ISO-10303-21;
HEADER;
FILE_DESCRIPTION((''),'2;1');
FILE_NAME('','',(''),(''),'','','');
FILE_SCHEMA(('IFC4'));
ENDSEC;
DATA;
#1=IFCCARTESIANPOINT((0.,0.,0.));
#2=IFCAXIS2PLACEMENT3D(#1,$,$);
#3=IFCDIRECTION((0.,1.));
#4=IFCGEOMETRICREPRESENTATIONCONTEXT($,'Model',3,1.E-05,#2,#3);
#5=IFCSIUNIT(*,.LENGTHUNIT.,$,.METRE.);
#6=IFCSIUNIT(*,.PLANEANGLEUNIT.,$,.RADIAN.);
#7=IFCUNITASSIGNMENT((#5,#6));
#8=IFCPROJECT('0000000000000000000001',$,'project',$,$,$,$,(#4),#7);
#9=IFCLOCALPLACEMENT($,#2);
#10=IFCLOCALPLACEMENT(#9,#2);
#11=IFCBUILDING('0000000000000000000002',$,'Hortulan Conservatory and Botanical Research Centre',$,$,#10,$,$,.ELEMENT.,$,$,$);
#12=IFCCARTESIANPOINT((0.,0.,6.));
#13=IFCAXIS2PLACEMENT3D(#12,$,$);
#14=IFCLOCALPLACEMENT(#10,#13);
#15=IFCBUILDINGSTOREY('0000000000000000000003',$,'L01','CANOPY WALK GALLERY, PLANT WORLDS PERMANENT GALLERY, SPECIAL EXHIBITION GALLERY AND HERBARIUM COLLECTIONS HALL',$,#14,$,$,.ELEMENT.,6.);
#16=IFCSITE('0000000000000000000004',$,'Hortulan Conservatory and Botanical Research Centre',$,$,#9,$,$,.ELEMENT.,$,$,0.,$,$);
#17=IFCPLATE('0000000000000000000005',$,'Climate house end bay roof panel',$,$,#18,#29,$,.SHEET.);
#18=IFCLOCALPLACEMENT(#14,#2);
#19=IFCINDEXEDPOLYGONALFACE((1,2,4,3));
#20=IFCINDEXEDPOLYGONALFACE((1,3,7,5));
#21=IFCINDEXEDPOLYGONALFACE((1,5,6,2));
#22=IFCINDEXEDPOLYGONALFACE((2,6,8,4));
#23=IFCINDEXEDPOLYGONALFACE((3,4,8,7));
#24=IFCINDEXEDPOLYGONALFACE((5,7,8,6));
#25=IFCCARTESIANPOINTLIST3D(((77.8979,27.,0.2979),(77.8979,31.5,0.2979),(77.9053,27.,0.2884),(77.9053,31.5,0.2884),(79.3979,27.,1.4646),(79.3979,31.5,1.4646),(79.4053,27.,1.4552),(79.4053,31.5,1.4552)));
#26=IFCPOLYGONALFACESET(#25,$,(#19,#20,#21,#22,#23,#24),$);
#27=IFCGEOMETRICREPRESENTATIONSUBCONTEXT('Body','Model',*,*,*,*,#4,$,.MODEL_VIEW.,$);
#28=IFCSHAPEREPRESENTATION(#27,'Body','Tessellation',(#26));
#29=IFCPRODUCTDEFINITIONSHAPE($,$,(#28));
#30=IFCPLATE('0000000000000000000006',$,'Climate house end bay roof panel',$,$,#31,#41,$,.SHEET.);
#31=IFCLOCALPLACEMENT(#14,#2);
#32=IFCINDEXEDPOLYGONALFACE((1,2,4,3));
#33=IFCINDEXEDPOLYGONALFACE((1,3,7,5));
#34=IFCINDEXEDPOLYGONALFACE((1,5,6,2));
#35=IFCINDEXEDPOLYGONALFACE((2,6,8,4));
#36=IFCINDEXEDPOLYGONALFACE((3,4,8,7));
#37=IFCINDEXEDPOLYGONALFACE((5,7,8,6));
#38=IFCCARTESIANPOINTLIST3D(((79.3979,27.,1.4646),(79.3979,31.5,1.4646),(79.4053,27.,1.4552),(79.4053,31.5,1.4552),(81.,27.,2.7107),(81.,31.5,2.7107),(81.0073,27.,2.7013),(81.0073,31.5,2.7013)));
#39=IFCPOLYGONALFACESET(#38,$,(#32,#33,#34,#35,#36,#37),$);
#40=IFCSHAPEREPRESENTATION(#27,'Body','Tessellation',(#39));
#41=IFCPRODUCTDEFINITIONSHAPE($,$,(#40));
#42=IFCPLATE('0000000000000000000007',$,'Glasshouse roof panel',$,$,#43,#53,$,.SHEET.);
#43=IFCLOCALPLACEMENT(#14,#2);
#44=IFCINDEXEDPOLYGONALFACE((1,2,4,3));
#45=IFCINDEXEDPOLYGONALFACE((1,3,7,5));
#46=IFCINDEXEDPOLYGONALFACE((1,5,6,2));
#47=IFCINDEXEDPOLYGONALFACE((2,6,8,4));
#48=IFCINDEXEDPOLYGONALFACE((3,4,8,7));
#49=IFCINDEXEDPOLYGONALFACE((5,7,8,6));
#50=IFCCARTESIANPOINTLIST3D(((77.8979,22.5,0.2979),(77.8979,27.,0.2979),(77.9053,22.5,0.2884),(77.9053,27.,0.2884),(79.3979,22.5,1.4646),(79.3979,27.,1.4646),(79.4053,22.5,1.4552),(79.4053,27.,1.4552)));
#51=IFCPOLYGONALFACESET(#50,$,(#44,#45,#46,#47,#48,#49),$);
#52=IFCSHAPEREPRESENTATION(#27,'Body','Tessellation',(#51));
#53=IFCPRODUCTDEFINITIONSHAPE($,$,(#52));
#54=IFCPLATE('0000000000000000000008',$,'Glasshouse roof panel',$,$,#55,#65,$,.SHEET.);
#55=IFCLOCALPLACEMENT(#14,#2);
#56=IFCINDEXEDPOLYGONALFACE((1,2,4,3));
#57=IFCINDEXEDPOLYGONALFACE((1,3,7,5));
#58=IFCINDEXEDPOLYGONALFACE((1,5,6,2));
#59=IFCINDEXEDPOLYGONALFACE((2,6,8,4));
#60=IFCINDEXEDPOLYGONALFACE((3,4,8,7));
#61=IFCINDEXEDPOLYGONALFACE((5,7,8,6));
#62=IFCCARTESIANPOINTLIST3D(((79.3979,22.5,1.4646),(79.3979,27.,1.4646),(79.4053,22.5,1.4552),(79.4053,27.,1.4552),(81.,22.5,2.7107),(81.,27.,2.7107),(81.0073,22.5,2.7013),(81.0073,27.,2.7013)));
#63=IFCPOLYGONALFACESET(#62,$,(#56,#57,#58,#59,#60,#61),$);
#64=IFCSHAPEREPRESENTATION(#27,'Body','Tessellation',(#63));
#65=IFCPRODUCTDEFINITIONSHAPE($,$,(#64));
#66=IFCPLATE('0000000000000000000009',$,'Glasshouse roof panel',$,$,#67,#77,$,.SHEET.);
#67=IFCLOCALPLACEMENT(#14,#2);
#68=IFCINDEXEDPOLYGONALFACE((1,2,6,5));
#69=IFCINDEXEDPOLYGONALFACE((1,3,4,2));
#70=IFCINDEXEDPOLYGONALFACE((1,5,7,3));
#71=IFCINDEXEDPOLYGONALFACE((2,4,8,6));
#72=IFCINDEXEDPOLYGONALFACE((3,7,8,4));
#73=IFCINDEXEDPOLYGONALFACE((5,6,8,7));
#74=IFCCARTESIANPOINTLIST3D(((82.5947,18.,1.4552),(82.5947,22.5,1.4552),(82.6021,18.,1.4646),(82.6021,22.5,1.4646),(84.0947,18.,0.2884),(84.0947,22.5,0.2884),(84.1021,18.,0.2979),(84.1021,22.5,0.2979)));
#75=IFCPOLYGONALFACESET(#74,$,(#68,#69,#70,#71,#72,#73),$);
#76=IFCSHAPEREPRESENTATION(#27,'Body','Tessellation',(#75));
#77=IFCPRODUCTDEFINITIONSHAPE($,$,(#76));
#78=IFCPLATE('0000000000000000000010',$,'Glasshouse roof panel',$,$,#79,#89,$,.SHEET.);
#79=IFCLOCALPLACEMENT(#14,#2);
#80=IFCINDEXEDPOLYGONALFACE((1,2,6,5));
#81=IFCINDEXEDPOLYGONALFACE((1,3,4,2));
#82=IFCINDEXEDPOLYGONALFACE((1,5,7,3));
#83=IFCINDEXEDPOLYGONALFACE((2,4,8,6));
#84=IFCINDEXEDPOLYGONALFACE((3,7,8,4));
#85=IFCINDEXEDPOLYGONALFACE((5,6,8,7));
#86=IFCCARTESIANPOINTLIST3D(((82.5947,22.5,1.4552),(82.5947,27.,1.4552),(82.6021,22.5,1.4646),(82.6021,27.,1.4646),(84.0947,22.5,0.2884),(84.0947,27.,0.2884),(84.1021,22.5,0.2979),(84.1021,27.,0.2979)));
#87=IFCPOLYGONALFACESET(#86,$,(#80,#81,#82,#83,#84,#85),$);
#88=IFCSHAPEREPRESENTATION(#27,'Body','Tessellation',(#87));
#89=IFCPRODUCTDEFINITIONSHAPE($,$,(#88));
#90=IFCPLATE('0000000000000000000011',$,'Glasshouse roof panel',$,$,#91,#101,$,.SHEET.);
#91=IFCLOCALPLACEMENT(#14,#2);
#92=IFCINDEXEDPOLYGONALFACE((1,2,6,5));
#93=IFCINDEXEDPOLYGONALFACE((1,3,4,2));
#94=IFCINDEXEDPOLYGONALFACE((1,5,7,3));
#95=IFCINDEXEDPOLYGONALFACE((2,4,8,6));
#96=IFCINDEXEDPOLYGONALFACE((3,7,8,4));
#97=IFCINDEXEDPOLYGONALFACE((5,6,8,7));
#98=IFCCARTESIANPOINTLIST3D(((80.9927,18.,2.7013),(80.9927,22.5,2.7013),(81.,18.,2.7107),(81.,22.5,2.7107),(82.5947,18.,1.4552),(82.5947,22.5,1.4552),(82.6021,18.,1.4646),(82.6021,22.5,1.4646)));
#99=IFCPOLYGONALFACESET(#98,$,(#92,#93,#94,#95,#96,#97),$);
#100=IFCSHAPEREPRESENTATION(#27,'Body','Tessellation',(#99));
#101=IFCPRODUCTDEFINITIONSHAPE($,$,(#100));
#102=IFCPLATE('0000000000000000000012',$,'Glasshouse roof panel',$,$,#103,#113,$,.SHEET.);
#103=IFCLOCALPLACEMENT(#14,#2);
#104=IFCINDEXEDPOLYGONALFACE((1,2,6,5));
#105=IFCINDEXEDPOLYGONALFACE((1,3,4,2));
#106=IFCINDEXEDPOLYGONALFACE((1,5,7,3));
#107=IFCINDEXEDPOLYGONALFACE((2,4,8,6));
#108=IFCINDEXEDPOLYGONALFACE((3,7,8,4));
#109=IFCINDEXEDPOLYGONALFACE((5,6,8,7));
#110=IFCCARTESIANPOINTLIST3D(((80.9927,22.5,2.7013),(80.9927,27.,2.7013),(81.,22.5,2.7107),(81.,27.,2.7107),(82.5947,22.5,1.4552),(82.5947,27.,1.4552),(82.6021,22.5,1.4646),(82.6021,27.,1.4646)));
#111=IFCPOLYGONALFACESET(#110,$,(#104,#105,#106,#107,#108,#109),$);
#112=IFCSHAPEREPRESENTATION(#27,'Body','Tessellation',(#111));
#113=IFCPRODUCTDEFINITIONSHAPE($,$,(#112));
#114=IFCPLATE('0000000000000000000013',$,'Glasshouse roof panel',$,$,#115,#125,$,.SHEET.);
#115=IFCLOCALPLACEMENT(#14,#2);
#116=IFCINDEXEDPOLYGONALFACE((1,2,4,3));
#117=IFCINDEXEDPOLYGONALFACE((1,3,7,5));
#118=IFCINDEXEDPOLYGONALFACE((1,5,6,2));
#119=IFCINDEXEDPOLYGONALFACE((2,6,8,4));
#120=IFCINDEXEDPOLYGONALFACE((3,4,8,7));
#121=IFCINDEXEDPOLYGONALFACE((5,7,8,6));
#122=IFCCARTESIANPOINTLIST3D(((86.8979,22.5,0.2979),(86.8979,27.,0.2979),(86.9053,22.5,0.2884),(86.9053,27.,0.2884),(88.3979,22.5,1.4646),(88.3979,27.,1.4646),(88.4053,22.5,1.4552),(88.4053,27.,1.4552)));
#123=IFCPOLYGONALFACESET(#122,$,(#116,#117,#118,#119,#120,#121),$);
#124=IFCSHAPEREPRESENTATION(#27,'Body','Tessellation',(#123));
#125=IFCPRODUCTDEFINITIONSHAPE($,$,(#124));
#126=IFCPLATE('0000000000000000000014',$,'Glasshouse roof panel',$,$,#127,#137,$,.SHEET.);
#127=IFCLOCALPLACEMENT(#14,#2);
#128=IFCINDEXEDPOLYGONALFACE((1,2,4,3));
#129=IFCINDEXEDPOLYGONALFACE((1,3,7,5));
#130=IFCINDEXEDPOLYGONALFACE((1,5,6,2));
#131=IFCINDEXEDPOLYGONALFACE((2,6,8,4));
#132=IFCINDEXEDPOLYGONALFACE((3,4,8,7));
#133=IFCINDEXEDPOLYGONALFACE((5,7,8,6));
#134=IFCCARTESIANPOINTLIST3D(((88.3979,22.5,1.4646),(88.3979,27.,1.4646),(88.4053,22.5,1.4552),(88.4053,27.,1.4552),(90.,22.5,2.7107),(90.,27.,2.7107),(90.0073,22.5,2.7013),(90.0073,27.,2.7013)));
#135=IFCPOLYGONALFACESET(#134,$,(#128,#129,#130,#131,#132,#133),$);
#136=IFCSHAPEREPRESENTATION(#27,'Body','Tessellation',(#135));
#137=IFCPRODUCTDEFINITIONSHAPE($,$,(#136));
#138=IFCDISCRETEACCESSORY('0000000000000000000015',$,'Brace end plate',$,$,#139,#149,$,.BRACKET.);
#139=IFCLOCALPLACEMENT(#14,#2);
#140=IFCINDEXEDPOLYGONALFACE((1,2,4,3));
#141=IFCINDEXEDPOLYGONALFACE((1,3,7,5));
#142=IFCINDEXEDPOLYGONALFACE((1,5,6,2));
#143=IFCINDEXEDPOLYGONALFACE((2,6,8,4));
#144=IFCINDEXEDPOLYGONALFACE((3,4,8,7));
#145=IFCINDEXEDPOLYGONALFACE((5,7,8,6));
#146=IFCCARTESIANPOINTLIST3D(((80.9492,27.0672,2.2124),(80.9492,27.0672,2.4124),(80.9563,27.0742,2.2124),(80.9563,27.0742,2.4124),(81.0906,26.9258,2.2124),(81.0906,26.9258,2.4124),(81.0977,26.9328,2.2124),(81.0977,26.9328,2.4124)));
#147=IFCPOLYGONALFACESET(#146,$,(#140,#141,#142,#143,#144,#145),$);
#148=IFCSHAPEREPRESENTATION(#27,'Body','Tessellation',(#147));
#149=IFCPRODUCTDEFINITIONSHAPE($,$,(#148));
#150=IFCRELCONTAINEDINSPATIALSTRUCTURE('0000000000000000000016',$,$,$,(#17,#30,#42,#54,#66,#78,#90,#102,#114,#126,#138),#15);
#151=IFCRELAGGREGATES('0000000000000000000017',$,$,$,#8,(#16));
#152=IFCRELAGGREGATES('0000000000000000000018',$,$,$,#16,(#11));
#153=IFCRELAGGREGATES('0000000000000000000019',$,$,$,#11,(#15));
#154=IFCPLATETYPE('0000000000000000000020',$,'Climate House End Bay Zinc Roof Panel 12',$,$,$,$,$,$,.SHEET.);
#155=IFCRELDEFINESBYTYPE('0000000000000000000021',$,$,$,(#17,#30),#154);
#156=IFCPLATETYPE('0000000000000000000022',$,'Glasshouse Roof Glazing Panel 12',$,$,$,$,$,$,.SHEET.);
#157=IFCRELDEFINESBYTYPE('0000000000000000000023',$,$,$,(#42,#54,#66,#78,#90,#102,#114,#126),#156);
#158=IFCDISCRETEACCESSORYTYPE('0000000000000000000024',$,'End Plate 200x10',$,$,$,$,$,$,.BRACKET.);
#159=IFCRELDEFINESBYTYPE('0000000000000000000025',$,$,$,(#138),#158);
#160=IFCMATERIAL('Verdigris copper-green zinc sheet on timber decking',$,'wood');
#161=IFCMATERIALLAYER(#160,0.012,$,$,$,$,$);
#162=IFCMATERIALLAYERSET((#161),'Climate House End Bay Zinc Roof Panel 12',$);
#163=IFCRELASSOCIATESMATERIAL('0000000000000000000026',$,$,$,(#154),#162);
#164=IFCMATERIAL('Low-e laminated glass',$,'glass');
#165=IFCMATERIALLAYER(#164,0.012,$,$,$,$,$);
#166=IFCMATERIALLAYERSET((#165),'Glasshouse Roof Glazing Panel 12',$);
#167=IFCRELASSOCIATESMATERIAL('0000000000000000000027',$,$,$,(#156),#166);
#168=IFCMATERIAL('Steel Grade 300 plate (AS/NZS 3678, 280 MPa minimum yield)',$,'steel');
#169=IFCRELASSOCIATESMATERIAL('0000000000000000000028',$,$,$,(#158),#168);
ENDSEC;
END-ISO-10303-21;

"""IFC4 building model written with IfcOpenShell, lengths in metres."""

from ifc_helpers import new_model, si_unit, direction, frame, origin, origin_2d, place, context, subcontext, project, spatial, polyline, rectangle, outline, extrude, material, layer, layer_set, type_object, element, save


model = new_model("IFC4")

# Units and contexts
model_context = context("Model", 3, precision=1e-05, world=origin(), true_north=direction((0.0, 1.0)))
body_context = subcontext(model_context, "Body", "Model", "MODEL_VIEW")
ifc_project = project(units=[si_unit("LENGTHUNIT", "METRE"), si_unit("PLANEANGLEUNIT", "RADIAN")], contexts=[model_context])

# Site, building, storey
site_placement = place(None, origin())
site = spatial("IfcSite", under=ifc_project, at=site_placement, Name="Hortulan Conservatory and Botanical Research Centre", CompositionType="ELEMENT", RefElevation=0.0)
building_placement = place(site_placement, origin())
building = spatial("IfcBuilding", under=site, at=building_placement, Name="Hortulan Conservatory and Botanical Research Centre", CompositionType="ELEMENT")
storey_placement = place(building_placement, frame((0.0, 0.0, 6.0)))
storey = spatial("IfcBuildingStorey", under=building, at=storey_placement, Name="L01", Description="CANOPY WALK GALLERY, PLANT WORLDS PERMANENT GALLERY, SPECIAL EXHIBITION GALLERY AND HERBARIUM COLLECTIONS HALL", CompositionType="ELEMENT", Elevation=6.0)

# Plates
ifc_material_1 = material(Name="Verdigris copper-green zinc sheet on timber decking", Category="wood")
ifc_layer_1 = layer(ifc_material_1, 0.012)
ifc_layer_set_1 = layer_set([ifc_layer_1], Name="Climate House End Bay Zinc Roof Panel 12")
plate_type_1 = type_object("IfcPlateType", Name="Climate House End Bay Zinc Roof Panel 12", PredefinedType="SHEET", material=ifc_layer_set_1)
plate_1_placement = place(storey_placement, frame((77.8979, 27.0, 0.2979), z_axis=(-0.613967, 0.0, 0.789331), x_axis=(0.789331, 0.0, 0.613967)))
element("IfcPlate", 1, at=plate_1_placement, inside=storey, type_object=plate_type_1, Name="Climate house end bay roof panel", PredefinedType="SHEET", context=body_context, shape_type="SweptSolid", body=[
    extrude(outline(polyline([(0.0, 0.0), (1.9003, 0.0), (1.9003, 4.5), (0.0, 4.5), (0.0, 0.0)])), origin(), (0.0, 0.0, -1.0), 0.012),
])
plate_2_placement = place(storey_placement, frame((79.3979, 27.0, 1.4646), z_axis=(-0.613957, 0.0, 0.789339), x_axis=(0.789339, 0.0, 0.613957)))
element("IfcPlate", 2, at=plate_2_placement, inside=storey, type_object=plate_type_1, Name="Climate house end bay roof panel", PredefinedType="SHEET", context=body_context, shape_type="SweptSolid", body=[
    extrude(outline(polyline([(0.0, 0.0), (2.0296, 0.0), (2.0296, 4.5), (0.0, 4.5), (0.0, 0.0)])), origin(), (0.0, 0.0, -1.0), 0.012),
])
ifc_material_2 = material(Name="Low-e laminated glass", Category="glass")
ifc_layer_2 = layer(ifc_material_2, 0.012)
ifc_layer_set_2 = layer_set([ifc_layer_2], Name="Glasshouse Roof Glazing Panel 12")
plate_type_2 = type_object("IfcPlateType", Name="Glasshouse Roof Glazing Panel 12", PredefinedType="SHEET", material=ifc_layer_set_2)
plate_3_placement = place(storey_placement, frame((77.8979, 22.5, 0.2979), z_axis=(-0.613967, 0.0, 0.789331), x_axis=(0.789331, 0.0, 0.613967)))
element("IfcPlate", 3, at=plate_3_placement, inside=storey, type_object=plate_type_2, Name="Glasshouse roof panel", PredefinedType="SHEET", context=body_context, shape_type="SweptSolid", body=[
    extrude(outline(polyline([(0.0, 0.0), (1.9003, 0.0), (1.9003, 4.5), (0.0, 4.5), (0.0, 0.0)])), origin(), (0.0, 0.0, -1.0), 0.012),
])
plate_4_placement = place(storey_placement, frame((79.3979, 22.5, 1.4646), z_axis=(-0.613957, 0.0, 0.789339), x_axis=(0.789339, 0.0, 0.613957)))
element("IfcPlate", 4, at=plate_4_placement, inside=storey, type_object=plate_type_2, Name="Glasshouse roof panel", PredefinedType="SHEET", context=body_context, shape_type="SweptSolid", body=[
    extrude(outline(polyline([(0.0, 0.0), (2.0296, 0.0), (2.0296, 4.5), (0.0, 4.5), (0.0, 0.0)])), origin(), (0.0, 0.0, -1.0), 0.012),
])
for number, where, z_axis, x_axis, name in (
    (5, (84.1021, 22.5, 0.2979), (0.613967, 0.0, 0.789331), (-0.789331, 0.0, 0.613967), "Glasshouse roof panel"),
    (6, (84.1021, 27.0, 0.2979), (0.613967, 0.0, 0.789331), (-0.789331, 0.0, 0.613967), "Glasshouse roof panel"),
):
    element("IfcPlate", number, at=place(storey_placement, frame(where, z_axis=z_axis, x_axis=x_axis)), inside=storey, type_object=plate_type_2, Name=name, PredefinedType="SHEET", context=body_context, shape_type="SweptSolid", body=[
        extrude(outline(polyline([(0.0, 0.0), (1.9003, 0.0), (1.9003, 4.5), (0.0, 4.5), (0.0, 0.0)])), origin(), (0.0, 0.0, -1.0), 0.012),
    ])
for number, where, z_axis, x_axis, name in (
    (7, (82.6021, 22.5, 1.4646), (0.613957, 0.0, 0.789339), (-0.789339, 0.0, 0.613957), "Glasshouse roof panel"),
    (8, (82.6021, 27.0, 1.4646), (0.613957, 0.0, 0.789339), (-0.789339, 0.0, 0.613957), "Glasshouse roof panel"),
):
    element("IfcPlate", number, at=place(storey_placement, frame(where, z_axis=z_axis, x_axis=x_axis)), inside=storey, type_object=plate_type_2, Name=name, PredefinedType="SHEET", context=body_context, shape_type="SweptSolid", body=[
        extrude(outline(polyline([(0.0, 0.0), (2.0296, 0.0), (2.0296, 4.5), (0.0, 4.5), (0.0, 0.0)])), origin(), (0.0, 0.0, -1.0), 0.012),
    ])
plate_5_placement = place(storey_placement, frame((86.8979, 22.5, 0.2979), z_axis=(-0.613967, 0.0, 0.789331), x_axis=(0.789331, 0.0, 0.613967)))
element("IfcPlate", 9, at=plate_5_placement, inside=storey, type_object=plate_type_2, Name="Glasshouse roof panel", PredefinedType="SHEET", context=body_context, shape_type="SweptSolid", body=[
    extrude(outline(polyline([(0.0, 0.0), (1.9003, 0.0), (1.9003, 4.5), (0.0, 4.5), (0.0, 0.0)])), origin(), (0.0, 0.0, -1.0), 0.012),
])
plate_6_placement = place(storey_placement, frame((88.3979, 22.5, 1.4646), z_axis=(-0.613957, 0.0, 0.789339), x_axis=(0.789339, 0.0, 0.613957)))
element("IfcPlate", 10, at=plate_6_placement, inside=storey, type_object=plate_type_2, Name="Glasshouse roof panel", PredefinedType="SHEET", context=body_context, shape_type="SweptSolid", body=[
    extrude(outline(polyline([(0.0, 0.0), (2.0296, 0.0), (2.0296, 4.5), (0.0, 4.5), (0.0, 0.0)])), origin(), (0.0, 0.0, -1.0), 0.012),
])

# Discrete accessory
ifc_material_3 = material(Name="Steel Grade 300 plate (AS/NZS 3678, 280 MPa minimum yield)", Category="steel")
discrete_accessory_type = type_object("IfcDiscreteAccessoryType", Name="End Plate 200x10", PredefinedType="BRACKET", material=ifc_material_3)
discrete_accessory_placement = place(storey_placement, frame((81.0234, 27.0, 2.2124), z_axis=(0.0, 0.0, 1.0), x_axis=(0.707107, -0.707107, 0.0)))
element("IfcDiscreteAccessory", 11, at=discrete_accessory_placement, inside=storey, type_object=discrete_accessory_type, Name="Brace end plate", PredefinedType="BRACKET", context=body_context, shape_type="SweptSolid", body=[
    extrude(rectangle(XDim=0.2, YDim=0.01, at=origin_2d()), origin(), (0.0, 0.0, 1.0), 0.2),
])

save(model, "model.ifc")
